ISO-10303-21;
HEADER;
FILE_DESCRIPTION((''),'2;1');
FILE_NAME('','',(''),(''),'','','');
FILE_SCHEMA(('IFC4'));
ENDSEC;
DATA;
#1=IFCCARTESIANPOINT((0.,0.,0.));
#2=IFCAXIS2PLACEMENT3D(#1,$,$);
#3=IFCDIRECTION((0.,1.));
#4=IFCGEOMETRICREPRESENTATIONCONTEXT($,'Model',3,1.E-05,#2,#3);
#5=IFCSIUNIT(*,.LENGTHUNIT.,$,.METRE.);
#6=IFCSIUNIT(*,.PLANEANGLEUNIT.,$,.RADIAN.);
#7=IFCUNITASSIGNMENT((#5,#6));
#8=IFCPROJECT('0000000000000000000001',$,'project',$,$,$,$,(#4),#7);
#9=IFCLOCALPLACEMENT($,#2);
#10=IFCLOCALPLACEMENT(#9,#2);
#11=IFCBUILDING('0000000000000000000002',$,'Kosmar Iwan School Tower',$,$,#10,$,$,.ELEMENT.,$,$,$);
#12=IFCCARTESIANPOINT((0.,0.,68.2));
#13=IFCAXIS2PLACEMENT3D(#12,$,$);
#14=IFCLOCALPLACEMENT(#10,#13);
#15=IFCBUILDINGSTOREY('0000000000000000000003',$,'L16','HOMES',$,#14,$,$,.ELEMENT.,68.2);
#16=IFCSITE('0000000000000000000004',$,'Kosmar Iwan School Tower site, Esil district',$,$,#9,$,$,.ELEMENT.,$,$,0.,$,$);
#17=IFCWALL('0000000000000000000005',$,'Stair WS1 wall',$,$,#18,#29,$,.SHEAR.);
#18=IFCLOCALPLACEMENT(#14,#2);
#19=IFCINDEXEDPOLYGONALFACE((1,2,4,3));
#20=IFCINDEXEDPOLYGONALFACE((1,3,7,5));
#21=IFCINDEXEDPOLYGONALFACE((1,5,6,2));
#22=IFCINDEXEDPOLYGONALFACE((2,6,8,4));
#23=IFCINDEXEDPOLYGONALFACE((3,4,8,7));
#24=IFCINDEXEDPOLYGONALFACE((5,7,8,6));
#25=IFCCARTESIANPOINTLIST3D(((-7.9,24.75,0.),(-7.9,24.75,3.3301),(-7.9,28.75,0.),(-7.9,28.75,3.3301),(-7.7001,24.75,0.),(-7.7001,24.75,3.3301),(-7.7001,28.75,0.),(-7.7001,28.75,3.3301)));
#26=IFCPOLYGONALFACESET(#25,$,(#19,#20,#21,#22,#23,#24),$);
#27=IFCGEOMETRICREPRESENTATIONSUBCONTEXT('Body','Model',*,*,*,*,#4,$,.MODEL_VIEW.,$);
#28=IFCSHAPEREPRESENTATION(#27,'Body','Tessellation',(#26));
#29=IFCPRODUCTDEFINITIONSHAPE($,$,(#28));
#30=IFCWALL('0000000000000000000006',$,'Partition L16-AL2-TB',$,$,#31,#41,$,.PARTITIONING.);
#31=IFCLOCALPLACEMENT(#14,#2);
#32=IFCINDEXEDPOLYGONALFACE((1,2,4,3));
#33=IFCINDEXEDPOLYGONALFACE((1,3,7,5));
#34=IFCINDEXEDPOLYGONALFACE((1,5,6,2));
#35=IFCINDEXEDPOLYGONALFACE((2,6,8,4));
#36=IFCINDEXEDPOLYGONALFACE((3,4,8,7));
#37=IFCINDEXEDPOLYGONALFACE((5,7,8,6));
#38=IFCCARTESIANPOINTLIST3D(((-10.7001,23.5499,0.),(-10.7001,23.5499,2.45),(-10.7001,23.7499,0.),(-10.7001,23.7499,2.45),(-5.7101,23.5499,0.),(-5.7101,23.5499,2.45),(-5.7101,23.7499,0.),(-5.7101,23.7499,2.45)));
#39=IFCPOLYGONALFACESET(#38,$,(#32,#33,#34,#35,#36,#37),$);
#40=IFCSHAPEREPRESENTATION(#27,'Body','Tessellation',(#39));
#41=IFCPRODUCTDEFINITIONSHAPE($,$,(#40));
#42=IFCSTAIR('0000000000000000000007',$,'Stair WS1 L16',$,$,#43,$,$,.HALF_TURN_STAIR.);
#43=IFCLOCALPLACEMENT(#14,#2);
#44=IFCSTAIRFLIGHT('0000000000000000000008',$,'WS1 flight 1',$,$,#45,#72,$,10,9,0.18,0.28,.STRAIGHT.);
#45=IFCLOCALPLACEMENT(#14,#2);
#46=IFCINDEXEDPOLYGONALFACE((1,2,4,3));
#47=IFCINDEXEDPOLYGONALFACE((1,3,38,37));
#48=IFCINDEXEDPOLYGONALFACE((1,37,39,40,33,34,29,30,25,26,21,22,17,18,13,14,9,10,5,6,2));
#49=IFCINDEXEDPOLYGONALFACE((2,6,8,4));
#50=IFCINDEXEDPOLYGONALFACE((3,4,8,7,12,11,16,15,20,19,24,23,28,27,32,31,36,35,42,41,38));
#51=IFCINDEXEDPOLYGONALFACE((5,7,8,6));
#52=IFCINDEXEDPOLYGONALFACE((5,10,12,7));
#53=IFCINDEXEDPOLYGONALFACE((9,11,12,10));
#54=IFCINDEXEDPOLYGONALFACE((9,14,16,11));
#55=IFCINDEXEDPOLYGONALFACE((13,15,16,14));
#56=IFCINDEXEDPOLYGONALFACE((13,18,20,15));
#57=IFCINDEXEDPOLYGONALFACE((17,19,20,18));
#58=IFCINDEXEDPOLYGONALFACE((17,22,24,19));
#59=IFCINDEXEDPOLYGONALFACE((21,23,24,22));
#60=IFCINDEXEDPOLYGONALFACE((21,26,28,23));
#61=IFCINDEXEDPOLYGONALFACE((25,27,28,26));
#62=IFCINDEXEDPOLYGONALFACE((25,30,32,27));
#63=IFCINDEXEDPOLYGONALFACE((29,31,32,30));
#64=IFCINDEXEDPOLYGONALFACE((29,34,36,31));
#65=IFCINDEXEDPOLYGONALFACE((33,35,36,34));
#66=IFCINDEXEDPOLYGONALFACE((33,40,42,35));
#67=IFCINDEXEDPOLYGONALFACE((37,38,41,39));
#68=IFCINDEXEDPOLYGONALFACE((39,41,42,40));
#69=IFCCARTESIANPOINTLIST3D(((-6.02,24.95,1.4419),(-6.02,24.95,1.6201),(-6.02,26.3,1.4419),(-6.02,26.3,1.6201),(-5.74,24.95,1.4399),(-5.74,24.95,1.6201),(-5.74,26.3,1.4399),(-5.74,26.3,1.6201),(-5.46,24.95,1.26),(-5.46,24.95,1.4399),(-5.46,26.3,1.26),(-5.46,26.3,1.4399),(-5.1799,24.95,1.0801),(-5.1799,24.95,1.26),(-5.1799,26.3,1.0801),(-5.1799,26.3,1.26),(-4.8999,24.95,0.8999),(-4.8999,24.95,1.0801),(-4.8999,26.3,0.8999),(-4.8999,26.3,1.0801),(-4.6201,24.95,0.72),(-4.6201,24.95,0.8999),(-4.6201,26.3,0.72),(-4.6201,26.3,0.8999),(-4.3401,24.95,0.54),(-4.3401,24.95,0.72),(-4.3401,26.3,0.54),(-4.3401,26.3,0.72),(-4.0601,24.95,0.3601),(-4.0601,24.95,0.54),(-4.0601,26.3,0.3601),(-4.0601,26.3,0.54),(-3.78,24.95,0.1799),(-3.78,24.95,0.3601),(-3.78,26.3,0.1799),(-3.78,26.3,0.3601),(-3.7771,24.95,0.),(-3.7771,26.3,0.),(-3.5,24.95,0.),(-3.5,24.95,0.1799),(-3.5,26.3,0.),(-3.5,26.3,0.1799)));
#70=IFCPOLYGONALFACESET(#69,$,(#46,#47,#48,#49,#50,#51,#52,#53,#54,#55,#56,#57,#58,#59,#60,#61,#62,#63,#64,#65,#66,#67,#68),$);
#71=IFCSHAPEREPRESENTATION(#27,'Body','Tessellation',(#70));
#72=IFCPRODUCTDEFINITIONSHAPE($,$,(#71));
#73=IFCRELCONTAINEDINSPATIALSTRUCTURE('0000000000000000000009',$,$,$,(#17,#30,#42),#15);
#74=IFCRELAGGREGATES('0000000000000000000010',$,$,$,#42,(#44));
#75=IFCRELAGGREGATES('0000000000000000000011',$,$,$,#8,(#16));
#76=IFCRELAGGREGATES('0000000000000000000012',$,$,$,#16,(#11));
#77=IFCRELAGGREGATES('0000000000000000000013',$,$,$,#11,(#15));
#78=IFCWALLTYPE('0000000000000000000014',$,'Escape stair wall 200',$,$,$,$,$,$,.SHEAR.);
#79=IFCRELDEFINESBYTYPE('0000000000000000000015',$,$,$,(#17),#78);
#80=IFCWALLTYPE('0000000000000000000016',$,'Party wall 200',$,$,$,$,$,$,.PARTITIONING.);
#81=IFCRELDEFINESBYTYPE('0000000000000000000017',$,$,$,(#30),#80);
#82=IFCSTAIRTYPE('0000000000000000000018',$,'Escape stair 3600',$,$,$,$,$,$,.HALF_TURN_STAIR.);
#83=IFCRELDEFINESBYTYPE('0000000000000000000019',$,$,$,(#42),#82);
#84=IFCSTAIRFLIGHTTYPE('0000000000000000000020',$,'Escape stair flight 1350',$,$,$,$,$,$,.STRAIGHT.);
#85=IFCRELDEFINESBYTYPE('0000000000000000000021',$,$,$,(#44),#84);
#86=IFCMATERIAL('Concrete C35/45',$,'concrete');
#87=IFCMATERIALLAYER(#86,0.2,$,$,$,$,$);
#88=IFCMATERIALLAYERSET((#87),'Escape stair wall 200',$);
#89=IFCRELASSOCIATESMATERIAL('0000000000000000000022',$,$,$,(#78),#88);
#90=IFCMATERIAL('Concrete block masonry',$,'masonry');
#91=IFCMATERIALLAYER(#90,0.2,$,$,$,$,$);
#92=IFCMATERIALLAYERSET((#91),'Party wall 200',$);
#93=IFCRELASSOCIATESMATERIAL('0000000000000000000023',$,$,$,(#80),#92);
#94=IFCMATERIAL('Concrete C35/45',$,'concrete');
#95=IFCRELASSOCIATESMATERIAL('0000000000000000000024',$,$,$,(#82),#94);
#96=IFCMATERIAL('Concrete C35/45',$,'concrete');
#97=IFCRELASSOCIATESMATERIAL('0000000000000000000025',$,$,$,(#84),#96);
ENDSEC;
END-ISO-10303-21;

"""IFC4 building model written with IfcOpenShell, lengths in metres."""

from ifc_helpers import new_model, si_unit, direction, frame, frame_2d, origin, place, context, subcontext, project, spatial, polyline, rectangle, outline, extrude, material, layer, layer_set, type_object, element, aggregate, save


model = new_model("IFC4")

# Units and contexts
model_context = context("Model", 3, precision=1e-05, world=origin(), true_north=direction((0.0, 1.0)))
body_context = subcontext(model_context, "Body", "Model", "MODEL_VIEW")
ifc_project = project(units=[si_unit("LENGTHUNIT", "METRE"), si_unit("PLANEANGLEUNIT", "RADIAN")], contexts=[model_context])

# Site, building, storey
site_placement = place(None, origin())
site = spatial("IfcSite", under=ifc_project, at=site_placement, Name="Kosmar Iwan School Tower site, Esil district", CompositionType="ELEMENT", RefElevation=0.0)
building_placement = place(site_placement, origin())
building = spatial("IfcBuilding", under=site, at=building_placement, Name="Kosmar Iwan School Tower", CompositionType="ELEMENT")
storey_placement = place(building_placement, frame((0.0, 0.0, 68.2)))
storey = spatial("IfcBuildingStorey", under=building, at=storey_placement, Name="L16", Description="HOMES", CompositionType="ELEMENT", Elevation=68.2)

# Walls
ifc_material_1 = material(Name="Concrete C35/45", Category="concrete")
ifc_layer_1 = layer(ifc_material_1, 0.2)
ifc_layer_set_1 = layer_set([ifc_layer_1], Name="Escape stair wall 200")
wall_type_1 = type_object("IfcWallType", Name="Escape stair wall 200", PredefinedType="SHEAR", material=ifc_layer_set_1)
wall_1_placement = place(storey_placement, frame((-7.8, 24.75, 0.0), z_axis=(0.0, 0.0, 1.0), x_axis=(0.0, 1.0, 0.0)))
element("IfcWall", 1, at=wall_1_placement, inside=storey, type_object=wall_type_1, Name="Stair WS1 wall", PredefinedType="SHEAR", context=body_context, shape_type="SweptSolid", body=[
    extrude(rectangle(XDim=4.0, YDim=0.2, at=frame_2d((2.0, 0.0))), origin(), (0.0, 0.0, 1.0), 3.3301),
])
ifc_material_2 = material(Name="Concrete block masonry", Category="masonry")
ifc_layer_2 = layer(ifc_material_2, 0.2)
ifc_layer_set_2 = layer_set([ifc_layer_2], Name="Party wall 200")
wall_type_2 = type_object("IfcWallType", Name="Party wall 200", PredefinedType="PARTITIONING", material=ifc_layer_set_2)
wall_2_placement = place(storey_placement, frame((-5.71, 23.6499, 0.0), z_axis=(0.0, 0.0, 1.0), x_axis=(-1.0, 0.0, 0.0)))
element("IfcWall", 2, at=wall_2_placement, inside=storey, type_object=wall_type_2, Name="Partition L16-AL2-TB", PredefinedType="PARTITIONING", context=body_context, shape_type="SweptSolid", body=[
    extrude(rectangle(XDim=4.99, YDim=0.2, at=frame_2d((2.4951, 0.0))), origin(), (0.0, 0.0, 1.0), 2.45),
])

# Stair, stair flight
ifc_material_3 = material(Name="Concrete C35/45", Category="concrete")
stair_type = type_object("IfcStairType", Name="Escape stair 3600", PredefinedType="HALF_TURN_STAIR", material=ifc_material_3)
stair_placement = place(storey_placement, origin())
stair = element("IfcStair", 3, at=stair_placement, inside=storey, type_object=stair_type, Name="Stair WS1 L16", PredefinedType="HALF_TURN_STAIR")
ifc_material_4 = material(Name="Concrete C35/45", Category="concrete")
stair_flight_type = type_object("IfcStairFlightType", Name="Escape stair flight 1350", PredefinedType="STRAIGHT", material=ifc_material_4)
stair_flight_placement = place(storey_placement, frame((-3.5, 25.625, 0.0), z_axis=(0.0, 0.0, 1.0), x_axis=(-1.0, 0.0, 0.0)))
stair_flight = element("IfcStairFlight", 4, at=stair_flight_placement, type_object=stair_flight_type, Name="WS1 flight 1", NumberOfRisers=10, NumberOfTreads=9, PredefinedType="STRAIGHT", RiserHeight=0.18, TreadLength=0.28, context=body_context, shape_type="SweptSolid", body=[
    extrude(outline(polyline([(0.0, 0.0), (0.0, 0.1799), (0.28, 0.1799), (0.28, 0.3601), (0.5601, 0.3601), (0.5601, 0.54), (0.8401, 0.54), (0.8401, 0.72), (1.1201, 0.72), (1.1201, 0.8999), (1.3999, 0.8999), (1.3999, 1.0801), (1.6799, 1.0801), (1.6799, 1.26), (1.96, 1.26), (1.96, 1.4399), (2.24, 1.4399), (2.24, 1.6201), (2.52, 1.6201), (2.52, 1.8), (2.52, 1.4419), (0.2771, 0.0), (0.0, 0.0)])), frame((0.0, 0.675, 0.0), z_axis=(0.0, -1.0, 0.0), x_axis=(1.0, 0.0, 0.0)), (0.0, 0.0, 1.0), 1.3501),
])
aggregate(stair, [stair_flight])

save(model, "model.ifc")
